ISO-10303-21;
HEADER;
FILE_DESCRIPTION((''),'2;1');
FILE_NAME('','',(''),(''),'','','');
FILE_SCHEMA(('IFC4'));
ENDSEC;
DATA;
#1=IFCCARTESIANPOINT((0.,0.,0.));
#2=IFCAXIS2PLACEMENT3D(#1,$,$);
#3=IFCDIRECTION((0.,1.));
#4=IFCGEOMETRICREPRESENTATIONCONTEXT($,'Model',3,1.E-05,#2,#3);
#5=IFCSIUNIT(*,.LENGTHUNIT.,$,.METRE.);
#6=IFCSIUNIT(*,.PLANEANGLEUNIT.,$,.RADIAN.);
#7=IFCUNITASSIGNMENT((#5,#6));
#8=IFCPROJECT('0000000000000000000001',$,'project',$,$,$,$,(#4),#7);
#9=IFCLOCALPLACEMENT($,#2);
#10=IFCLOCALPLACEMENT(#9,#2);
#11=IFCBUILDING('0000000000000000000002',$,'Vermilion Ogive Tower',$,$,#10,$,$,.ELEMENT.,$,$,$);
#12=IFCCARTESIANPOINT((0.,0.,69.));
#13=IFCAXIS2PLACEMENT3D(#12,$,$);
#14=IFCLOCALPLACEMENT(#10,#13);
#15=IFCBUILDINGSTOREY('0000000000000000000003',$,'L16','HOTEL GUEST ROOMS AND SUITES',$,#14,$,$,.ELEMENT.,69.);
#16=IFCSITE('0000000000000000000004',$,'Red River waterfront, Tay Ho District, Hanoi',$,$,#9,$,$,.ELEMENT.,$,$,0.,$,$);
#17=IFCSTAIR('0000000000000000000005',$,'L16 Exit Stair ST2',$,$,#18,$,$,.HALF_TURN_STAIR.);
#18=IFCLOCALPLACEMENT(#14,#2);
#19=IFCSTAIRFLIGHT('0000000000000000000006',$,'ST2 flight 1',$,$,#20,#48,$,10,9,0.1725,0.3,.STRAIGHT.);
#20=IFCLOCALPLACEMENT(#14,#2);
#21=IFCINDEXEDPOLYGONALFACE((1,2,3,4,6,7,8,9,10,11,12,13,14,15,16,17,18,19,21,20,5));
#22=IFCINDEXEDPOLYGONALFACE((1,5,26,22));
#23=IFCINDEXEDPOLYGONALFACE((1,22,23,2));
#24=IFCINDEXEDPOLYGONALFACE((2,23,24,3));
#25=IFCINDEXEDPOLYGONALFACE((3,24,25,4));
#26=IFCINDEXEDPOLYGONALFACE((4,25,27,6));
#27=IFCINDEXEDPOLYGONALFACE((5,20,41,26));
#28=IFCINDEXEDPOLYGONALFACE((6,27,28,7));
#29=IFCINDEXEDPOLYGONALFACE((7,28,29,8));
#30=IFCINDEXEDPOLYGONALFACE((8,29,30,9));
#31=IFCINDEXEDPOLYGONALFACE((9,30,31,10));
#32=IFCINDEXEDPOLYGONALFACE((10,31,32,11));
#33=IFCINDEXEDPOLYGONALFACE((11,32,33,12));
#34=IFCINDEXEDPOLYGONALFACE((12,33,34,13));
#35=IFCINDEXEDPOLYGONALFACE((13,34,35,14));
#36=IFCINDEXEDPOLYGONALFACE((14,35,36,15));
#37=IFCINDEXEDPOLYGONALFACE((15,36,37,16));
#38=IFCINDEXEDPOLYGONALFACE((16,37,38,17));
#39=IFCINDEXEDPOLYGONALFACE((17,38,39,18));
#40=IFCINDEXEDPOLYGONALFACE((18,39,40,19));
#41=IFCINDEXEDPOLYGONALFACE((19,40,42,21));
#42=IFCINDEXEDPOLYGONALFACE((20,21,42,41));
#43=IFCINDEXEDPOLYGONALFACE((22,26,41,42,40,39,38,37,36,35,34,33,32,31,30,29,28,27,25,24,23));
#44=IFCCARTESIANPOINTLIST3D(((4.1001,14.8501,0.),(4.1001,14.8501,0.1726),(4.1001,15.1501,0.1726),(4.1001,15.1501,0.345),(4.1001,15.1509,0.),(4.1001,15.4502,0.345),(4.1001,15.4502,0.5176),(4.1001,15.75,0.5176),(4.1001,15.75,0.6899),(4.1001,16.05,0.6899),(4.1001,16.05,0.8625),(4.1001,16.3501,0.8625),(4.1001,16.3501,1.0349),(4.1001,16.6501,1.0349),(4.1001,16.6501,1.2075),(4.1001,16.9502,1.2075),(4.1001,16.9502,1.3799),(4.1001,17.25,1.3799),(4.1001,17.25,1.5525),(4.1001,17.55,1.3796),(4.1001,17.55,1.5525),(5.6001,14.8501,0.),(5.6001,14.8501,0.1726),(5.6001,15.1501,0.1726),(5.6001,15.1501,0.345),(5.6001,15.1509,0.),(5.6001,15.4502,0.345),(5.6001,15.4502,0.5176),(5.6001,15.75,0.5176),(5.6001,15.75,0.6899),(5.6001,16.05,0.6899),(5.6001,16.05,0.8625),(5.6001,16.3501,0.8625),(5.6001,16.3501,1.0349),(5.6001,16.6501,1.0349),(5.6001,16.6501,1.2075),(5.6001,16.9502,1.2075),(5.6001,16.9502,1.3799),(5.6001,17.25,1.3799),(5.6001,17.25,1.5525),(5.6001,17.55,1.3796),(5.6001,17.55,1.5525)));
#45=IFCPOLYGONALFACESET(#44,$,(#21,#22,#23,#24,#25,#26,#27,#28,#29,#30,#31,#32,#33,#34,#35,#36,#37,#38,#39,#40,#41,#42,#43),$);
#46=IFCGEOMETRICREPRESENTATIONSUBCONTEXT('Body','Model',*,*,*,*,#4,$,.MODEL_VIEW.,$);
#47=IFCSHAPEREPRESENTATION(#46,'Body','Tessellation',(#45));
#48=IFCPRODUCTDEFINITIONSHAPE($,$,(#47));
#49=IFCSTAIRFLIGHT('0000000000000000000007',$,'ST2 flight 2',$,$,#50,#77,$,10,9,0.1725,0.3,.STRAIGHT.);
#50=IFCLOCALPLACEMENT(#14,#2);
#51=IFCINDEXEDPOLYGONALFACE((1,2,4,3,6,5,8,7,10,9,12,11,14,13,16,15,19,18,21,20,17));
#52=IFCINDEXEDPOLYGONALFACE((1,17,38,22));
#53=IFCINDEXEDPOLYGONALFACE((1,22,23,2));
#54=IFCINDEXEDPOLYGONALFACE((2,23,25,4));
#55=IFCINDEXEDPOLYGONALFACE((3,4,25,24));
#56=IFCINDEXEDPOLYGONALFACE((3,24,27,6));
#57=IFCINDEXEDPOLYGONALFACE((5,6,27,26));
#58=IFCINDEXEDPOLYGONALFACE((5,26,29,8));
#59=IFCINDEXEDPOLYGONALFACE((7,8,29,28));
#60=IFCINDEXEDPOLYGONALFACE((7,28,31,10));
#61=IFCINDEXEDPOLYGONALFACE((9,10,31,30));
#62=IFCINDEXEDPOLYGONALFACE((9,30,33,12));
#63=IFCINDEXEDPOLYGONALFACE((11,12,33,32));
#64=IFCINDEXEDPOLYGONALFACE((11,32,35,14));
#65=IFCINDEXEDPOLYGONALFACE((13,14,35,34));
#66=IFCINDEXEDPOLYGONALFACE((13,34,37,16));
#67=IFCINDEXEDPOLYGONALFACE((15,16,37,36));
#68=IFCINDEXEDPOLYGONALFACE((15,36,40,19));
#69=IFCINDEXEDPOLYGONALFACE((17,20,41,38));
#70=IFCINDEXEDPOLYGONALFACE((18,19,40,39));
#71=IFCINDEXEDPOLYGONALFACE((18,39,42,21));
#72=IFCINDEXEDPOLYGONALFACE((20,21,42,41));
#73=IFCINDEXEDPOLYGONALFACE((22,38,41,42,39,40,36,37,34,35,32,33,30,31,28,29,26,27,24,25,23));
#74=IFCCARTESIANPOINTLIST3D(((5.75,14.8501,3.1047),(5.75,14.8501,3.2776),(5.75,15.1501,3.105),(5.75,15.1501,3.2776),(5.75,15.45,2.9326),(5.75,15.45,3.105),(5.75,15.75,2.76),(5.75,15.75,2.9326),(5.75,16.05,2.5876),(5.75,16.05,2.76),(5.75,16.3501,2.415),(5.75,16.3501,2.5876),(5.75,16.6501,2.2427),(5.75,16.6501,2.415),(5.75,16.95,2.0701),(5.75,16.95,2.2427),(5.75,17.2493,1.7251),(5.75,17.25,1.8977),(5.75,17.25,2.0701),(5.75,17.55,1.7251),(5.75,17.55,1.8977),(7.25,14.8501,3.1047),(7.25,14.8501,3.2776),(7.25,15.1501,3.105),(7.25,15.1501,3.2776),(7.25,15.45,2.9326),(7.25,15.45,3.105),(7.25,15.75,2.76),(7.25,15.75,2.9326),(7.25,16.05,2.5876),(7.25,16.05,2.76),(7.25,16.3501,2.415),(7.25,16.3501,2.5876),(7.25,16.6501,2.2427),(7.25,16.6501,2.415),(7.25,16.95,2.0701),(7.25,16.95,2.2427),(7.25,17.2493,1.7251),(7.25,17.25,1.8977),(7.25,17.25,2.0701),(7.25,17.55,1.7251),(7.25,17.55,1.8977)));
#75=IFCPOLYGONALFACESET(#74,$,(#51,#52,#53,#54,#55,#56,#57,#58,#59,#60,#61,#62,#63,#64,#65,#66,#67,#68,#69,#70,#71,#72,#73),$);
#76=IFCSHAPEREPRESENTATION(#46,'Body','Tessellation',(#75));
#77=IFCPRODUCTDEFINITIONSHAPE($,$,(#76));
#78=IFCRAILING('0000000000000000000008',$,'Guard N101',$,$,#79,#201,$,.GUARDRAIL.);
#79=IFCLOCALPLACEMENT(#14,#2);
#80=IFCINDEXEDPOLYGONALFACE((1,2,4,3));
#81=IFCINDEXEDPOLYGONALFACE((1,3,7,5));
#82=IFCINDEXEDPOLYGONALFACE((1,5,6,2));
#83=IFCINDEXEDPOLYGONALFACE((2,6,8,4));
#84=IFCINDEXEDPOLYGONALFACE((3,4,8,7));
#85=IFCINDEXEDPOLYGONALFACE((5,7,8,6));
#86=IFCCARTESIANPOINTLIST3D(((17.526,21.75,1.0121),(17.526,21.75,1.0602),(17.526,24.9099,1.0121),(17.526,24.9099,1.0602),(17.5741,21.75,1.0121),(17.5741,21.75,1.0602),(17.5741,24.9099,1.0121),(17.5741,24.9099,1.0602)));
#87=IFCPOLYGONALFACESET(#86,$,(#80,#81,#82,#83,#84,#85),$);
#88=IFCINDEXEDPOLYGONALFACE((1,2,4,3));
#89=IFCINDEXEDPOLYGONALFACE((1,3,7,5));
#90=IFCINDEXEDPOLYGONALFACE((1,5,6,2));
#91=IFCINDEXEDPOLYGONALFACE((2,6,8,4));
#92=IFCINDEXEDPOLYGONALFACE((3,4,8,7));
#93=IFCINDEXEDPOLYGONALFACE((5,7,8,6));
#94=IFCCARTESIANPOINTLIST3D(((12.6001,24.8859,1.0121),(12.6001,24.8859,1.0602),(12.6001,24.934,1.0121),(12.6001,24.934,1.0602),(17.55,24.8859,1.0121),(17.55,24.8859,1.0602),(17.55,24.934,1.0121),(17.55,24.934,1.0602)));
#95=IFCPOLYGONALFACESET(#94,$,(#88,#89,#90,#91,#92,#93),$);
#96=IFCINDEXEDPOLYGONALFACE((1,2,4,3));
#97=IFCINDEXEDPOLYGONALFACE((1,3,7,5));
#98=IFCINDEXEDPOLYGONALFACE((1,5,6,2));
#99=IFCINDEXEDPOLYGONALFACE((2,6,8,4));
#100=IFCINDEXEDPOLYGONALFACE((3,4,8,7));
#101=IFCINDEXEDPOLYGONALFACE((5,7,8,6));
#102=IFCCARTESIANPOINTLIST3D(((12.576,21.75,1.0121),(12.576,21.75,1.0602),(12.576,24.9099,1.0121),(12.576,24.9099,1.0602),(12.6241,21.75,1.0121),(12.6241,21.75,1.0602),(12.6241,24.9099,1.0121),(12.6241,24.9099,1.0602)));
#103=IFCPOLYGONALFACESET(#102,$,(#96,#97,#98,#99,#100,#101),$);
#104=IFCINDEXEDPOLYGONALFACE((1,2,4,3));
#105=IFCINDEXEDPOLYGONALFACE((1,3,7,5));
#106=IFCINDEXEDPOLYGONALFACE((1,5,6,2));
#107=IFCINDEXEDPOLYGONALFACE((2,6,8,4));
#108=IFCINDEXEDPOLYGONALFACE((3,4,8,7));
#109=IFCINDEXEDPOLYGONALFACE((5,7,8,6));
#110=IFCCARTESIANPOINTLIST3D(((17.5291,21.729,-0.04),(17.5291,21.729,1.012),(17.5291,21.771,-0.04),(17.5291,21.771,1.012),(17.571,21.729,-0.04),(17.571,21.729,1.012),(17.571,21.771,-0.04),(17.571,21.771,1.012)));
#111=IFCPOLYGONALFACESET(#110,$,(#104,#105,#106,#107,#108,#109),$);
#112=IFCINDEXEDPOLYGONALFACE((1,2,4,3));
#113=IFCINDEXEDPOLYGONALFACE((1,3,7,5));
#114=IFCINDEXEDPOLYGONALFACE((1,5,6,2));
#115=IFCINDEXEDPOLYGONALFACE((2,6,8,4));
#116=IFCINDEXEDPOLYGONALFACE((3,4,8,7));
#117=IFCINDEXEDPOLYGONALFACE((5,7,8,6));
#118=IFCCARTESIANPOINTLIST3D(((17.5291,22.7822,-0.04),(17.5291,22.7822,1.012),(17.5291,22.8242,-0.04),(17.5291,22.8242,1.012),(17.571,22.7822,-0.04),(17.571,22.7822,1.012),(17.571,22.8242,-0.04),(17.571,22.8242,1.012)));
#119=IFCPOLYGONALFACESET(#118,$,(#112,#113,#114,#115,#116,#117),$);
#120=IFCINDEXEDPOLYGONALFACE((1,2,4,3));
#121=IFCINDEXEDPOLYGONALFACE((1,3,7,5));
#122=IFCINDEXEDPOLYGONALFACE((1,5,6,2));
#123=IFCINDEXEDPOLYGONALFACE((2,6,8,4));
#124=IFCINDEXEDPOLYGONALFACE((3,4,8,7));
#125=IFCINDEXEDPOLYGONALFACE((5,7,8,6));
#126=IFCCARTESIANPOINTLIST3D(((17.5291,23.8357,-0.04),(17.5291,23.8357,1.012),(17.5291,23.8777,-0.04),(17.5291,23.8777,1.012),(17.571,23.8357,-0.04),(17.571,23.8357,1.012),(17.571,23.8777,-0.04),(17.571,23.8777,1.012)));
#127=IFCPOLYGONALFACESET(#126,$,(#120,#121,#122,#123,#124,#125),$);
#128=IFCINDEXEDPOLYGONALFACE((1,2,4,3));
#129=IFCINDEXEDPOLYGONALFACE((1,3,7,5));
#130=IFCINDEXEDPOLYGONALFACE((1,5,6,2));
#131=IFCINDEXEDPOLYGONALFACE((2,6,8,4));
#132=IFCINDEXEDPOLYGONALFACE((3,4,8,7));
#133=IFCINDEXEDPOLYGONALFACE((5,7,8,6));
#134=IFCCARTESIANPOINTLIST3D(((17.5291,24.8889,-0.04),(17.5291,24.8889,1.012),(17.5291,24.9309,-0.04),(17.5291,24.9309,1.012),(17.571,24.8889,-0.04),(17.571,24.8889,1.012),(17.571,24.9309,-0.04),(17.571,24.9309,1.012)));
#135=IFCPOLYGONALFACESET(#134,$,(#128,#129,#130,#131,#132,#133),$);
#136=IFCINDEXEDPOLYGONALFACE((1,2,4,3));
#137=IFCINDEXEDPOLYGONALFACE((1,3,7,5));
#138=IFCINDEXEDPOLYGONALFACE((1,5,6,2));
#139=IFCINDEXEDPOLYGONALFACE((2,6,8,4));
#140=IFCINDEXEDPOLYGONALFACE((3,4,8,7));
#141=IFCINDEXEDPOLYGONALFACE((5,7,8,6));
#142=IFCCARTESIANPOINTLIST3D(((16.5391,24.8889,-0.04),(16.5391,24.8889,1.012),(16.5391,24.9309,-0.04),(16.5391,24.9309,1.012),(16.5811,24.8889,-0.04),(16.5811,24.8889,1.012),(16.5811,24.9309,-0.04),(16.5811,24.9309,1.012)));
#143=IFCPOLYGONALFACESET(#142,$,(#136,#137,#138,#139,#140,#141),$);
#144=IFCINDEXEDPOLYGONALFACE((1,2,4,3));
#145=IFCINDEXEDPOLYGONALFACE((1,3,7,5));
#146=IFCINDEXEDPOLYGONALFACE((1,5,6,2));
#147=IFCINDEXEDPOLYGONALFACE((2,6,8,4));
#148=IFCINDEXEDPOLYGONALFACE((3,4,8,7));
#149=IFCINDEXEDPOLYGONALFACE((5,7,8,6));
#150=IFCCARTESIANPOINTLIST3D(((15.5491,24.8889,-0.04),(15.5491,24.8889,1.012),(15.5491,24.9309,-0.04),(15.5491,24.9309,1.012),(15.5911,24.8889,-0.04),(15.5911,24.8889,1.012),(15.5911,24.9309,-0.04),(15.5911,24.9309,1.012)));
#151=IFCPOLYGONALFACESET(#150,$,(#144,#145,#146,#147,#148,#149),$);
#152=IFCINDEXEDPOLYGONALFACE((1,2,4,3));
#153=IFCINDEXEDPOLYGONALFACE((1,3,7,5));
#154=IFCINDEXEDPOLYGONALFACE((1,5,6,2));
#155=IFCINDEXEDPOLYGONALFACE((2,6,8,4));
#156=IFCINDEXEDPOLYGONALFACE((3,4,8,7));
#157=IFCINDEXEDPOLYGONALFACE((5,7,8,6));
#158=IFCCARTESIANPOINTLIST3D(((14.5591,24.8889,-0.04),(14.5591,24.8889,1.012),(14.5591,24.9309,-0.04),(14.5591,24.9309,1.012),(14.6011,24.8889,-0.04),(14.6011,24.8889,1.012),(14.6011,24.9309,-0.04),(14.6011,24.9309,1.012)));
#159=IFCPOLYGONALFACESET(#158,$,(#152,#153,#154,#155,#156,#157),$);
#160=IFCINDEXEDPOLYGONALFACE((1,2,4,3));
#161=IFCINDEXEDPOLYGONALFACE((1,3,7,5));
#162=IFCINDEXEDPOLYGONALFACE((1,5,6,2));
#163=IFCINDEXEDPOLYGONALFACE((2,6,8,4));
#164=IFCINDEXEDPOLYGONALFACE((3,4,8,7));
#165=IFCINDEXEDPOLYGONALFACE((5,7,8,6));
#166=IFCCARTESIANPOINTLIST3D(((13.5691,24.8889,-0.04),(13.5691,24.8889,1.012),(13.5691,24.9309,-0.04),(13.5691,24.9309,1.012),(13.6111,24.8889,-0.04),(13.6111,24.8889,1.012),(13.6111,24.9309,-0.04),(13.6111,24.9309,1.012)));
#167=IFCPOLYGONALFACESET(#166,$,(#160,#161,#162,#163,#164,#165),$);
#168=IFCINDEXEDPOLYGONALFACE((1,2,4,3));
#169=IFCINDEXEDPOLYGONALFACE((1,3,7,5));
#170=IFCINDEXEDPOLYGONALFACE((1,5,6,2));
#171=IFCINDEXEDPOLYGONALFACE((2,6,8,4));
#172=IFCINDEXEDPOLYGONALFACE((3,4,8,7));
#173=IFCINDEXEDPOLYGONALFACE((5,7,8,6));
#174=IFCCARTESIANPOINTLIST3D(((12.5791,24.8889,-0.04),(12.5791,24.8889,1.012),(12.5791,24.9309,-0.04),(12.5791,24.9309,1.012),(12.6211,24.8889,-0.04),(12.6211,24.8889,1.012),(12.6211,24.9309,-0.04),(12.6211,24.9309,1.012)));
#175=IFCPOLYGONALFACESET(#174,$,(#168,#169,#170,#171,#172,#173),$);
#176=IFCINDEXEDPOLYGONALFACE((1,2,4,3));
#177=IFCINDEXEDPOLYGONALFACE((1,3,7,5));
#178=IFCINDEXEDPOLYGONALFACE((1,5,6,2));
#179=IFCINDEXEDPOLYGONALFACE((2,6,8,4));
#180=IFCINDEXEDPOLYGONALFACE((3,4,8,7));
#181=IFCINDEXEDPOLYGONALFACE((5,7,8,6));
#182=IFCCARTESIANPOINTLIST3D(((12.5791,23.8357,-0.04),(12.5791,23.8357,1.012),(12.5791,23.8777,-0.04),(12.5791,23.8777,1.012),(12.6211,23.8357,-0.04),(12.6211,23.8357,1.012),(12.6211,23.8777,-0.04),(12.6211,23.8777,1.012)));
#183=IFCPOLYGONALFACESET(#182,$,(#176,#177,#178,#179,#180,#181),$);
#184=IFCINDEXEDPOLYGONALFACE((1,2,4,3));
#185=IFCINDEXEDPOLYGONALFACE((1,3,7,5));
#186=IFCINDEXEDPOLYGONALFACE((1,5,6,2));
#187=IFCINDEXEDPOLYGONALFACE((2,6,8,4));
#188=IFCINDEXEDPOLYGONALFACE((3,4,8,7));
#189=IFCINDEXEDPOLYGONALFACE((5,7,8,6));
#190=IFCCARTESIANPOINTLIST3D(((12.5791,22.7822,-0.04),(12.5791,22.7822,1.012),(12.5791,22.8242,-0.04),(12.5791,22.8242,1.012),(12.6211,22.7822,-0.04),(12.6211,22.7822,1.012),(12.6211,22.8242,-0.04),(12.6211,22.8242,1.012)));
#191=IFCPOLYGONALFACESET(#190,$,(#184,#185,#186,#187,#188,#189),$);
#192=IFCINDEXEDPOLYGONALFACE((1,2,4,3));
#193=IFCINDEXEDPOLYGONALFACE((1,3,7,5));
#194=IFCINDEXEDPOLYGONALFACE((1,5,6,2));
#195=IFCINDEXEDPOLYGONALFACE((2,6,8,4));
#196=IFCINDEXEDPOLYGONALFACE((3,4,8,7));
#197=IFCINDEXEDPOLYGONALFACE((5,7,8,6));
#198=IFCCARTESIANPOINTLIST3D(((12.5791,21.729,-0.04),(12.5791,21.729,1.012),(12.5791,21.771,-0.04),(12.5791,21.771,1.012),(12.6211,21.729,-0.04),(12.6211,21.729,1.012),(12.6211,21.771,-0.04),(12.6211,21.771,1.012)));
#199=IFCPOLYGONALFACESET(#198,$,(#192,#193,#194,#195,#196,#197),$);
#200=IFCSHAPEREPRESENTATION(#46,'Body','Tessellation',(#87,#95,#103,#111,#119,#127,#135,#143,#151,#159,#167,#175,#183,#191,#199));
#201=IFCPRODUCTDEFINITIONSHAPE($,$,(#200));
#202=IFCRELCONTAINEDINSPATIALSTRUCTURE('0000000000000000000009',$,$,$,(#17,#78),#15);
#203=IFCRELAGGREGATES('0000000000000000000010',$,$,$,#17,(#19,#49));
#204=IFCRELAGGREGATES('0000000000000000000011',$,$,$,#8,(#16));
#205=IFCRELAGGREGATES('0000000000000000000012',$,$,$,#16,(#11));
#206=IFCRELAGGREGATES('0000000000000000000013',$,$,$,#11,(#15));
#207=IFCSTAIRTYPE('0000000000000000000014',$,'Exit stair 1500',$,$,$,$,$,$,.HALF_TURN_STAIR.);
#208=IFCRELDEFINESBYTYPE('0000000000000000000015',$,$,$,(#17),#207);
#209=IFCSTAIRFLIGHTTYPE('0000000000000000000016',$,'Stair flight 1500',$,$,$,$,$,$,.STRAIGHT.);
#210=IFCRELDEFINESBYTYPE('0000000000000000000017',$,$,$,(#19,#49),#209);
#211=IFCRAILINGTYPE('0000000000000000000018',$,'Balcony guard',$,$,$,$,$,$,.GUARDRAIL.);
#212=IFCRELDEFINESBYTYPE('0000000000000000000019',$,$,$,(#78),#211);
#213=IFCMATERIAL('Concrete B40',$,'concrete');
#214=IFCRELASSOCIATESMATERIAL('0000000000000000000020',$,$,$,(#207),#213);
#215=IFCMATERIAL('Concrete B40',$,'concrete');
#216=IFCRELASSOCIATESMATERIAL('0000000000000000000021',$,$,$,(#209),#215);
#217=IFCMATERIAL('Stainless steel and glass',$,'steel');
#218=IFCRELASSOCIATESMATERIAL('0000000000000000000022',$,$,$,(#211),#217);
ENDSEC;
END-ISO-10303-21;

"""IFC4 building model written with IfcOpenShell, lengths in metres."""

from ifc_helpers import new_model, si_unit, direction, frame, origin, origin_2d, place, context, subcontext, project, spatial, polyline, rectangle, outline, extrude, material, type_object, element, aggregate, save


model = new_model("IFC4")

# Units and contexts
model_context = context("Model", 3, precision=1e-05, world=origin(), true_north=direction((0.0, 1.0)))
body_context = subcontext(model_context, "Body", "Model", "MODEL_VIEW")
ifc_project = project(units=[si_unit("LENGTHUNIT", "METRE"), si_unit("PLANEANGLEUNIT", "RADIAN")], contexts=[model_context])

# Site, building, storey
site_placement = place(None, origin())
site = spatial("IfcSite", under=ifc_project, at=site_placement, Name="Red River waterfront, Tay Ho District, Hanoi", CompositionType="ELEMENT", RefElevation=0.0)
building_placement = place(site_placement, origin())
building = spatial("IfcBuilding", under=site, at=building_placement, Name="Vermilion Ogive Tower", CompositionType="ELEMENT")
storey_placement = place(building_placement, frame((0.0, 0.0, 69.0)))
storey = spatial("IfcBuildingStorey", under=building, at=storey_placement, Name="L16", Description="HOTEL GUEST ROOMS AND SUITES", CompositionType="ELEMENT", Elevation=69.0)

# Stair, stair flights
ifc_material_1 = material(Name="Concrete B40", Category="concrete")
stair_type = type_object("IfcStairType", Name="Exit stair 1500", PredefinedType="HALF_TURN_STAIR", material=ifc_material_1)
stair_placement = place(storey_placement, origin())
stair = element("IfcStair", 1, at=stair_placement, inside=storey, type_object=stair_type, Name="L16 Exit Stair ST2", PredefinedType="HALF_TURN_STAIR")
ifc_material_2 = material(Name="Concrete B40", Category="concrete")
stair_flight_type = type_object("IfcStairFlightType", Name="Stair flight 1500", PredefinedType="STRAIGHT", material=ifc_material_2)
stair_flight_1_placement = place(storey_placement, frame((4.8501, 14.8501, 0.0), z_axis=(0.0, 0.0, 1.0), x_axis=(0.0, 1.0, 0.0)))
stair_flight_1 = element("IfcStairFlight", 2, at=stair_flight_1_placement, type_object=stair_flight_type, Name="ST2 flight 1", NumberOfRisers=10, NumberOfTreads=9, PredefinedType="STRAIGHT", RiserHeight=0.1725, TreadLength=0.3, context=body_context, shape_type="SweptSolid", body=[
    extrude(outline(polyline([(0.0, 0.0), (0.0, 0.1726), (0.3, 0.1726), (0.3, 0.345), (0.6001, 0.345), (0.6001, 0.5176), (0.8999, 0.5176), (0.8999, 0.6899), (1.2, 0.6899), (1.2, 0.8625), (1.5, 0.8625), (1.5, 1.0349), (1.8, 1.0349), (1.8, 1.2075), (2.1001, 1.2075), (2.1001, 1.3799), (2.3999, 1.3799), (2.3999, 1.5525), (2.7, 1.5525), (2.7, 1.7251), (2.7, 1.3796), (0.3008, 0.0), (0.0, 0.0)])), frame((0.0, 0.75, 0.0), z_axis=(0.0, -1.0, 0.0), x_axis=(1.0, 0.0, 0.0)), (0.0, 0.0, 1.0), 1.5),
])
stair_flight_2_placement = place(storey_placement, frame((6.5, 17.55, 1.7251), z_axis=(0.0, 0.0, 1.0), x_axis=(0.0, -1.0, 0.0)))
stair_flight_2 = element("IfcStairFlight", 3, at=stair_flight_2_placement, type_object=stair_flight_type, Name="ST2 flight 2", NumberOfRisers=10, NumberOfTreads=9, PredefinedType="STRAIGHT", RiserHeight=0.1725, TreadLength=0.3, context=body_context, shape_type="SweptSolid", body=[
    extrude(outline(polyline([(0.0, 0.0), (0.0, 0.1726), (0.3, 0.1726), (0.3, 0.345), (0.6001, 0.345), (0.6001, 0.5176), (0.8999, 0.5176), (0.8999, 0.6899), (1.2, 0.6899), (1.2, 0.8625), (1.5, 0.8625), (1.5, 1.0349), (1.8, 1.0349), (1.8, 1.2075), (2.1001, 1.2075), (2.1001, 1.3799), (2.3999, 1.3799), (2.3999, 1.5525), (2.7, 1.5525), (2.7, 1.7251), (2.7, 1.3796), (0.3008, 0.0), (0.0, 0.0)])), frame((0.0, 0.75, 0.0), z_axis=(0.0, -1.0, 0.0), x_axis=(1.0, 0.0, 0.0)), (0.0, 0.0, 1.0), 1.5),
])
aggregate(stair, [stair_flight_1, stair_flight_2])

# Railing
ifc_material_3 = material(Name="Stainless steel and glass", Category="steel")
railing_type_1 = type_object("IfcRailingType", Name="Balcony guard", PredefinedType="GUARDRAIL", material=ifc_material_3)
railing_1_placement = place(storey_placement, frame((17.55, 21.75, -0.04)))
element("IfcRailing", 4, at=railing_1_placement, inside=storey, type_object=railing_type_1, Name="Guard N101", PredefinedType="GUARDRAIL", context=body_context, shape_type="SweptSolid", body=[
    extrude(rectangle(XDim=0.0481, YDim=0.0481, at=origin_2d()), frame((0.0, 0.0, 1.0762), z_axis=(0.0, 1.0, 0.0), x_axis=(-1.0, 0.0, 0.0)), (0.0, 0.0, 1.0), 3.1599),
    extrude(rectangle(XDim=0.0481, YDim=0.0481, at=origin_2d()), frame((0.0, 3.1599, 1.0762), z_axis=(-1.0, 0.0, 0.0), x_axis=(0.0, -1.0, 0.0)), (0.0, 0.0, 1.0), 4.95),
    extrude(rectangle(XDim=0.0481, YDim=0.0481, at=origin_2d()), frame((-4.95, 3.1599, 1.0762), z_axis=(0.0, -1.0, 0.0), x_axis=(1.0, 0.0, 0.0)), (0.0, 0.0, 1.0), 3.1599),
    extrude(rectangle(XDim=0.042, YDim=0.042, at=origin_2d()), origin(), (0.0, 0.0, 1.0), 1.052),
    extrude(rectangle(XDim=0.042, YDim=0.042, at=origin_2d()), frame((0.0, 1.0532, 0.0)), (0.0, 0.0, 1.0), 1.052),
    extrude(rectangle(XDim=0.042, YDim=0.042, at=origin_2d()), frame((0.0, 2.1067, 0.0)), (0.0, 0.0, 1.0), 1.052),
    extrude(rectangle(XDim=0.042, YDim=0.042, at=origin_2d()), frame((0.0, 3.1599, 0.0)), (0.0, 0.0, 1.0), 1.052),
    extrude(rectangle(XDim=0.042, YDim=0.042, at=origin_2d()), frame((-0.99, 3.1599, 0.0)), (0.0, 0.0, 1.0), 1.052),
    extrude(rectangle(XDim=0.042, YDim=0.042, at=origin_2d()), frame((-1.98, 3.1599, 0.0)), (0.0, 0.0, 1.0), 1.052),
    extrude(rectangle(XDim=0.042, YDim=0.042, at=origin_2d()), frame((-2.97, 3.1599, 0.0)), (0.0, 0.0, 1.0), 1.052),
    extrude(rectangle(XDim=0.042, YDim=0.042, at=origin_2d()), frame((-3.96, 3.1599, 0.0)), (0.0, 0.0, 1.0), 1.052),
    extrude(rectangle(XDim=0.042, YDim=0.042, at=origin_2d()), frame((-4.95, 3.1599, 0.0)), (0.0, 0.0, 1.0), 1.052),
    extrude(rectangle(XDim=0.042, YDim=0.042, at=origin_2d()), frame((-4.95, 2.1067, 0.0)), (0.0, 0.0, 1.0), 1.052),
    extrude(rectangle(XDim=0.042, YDim=0.042, at=origin_2d()), frame((-4.95, 1.0532, 0.0)), (0.0, 0.0, 1.0), 1.052),
    extrude(rectangle(XDim=0.042, YDim=0.042, at=origin_2d()), frame((-4.95, 0.0, 0.0)), (0.0, 0.0, 1.0), 1.052),
])

save(model, "model.ifc")
